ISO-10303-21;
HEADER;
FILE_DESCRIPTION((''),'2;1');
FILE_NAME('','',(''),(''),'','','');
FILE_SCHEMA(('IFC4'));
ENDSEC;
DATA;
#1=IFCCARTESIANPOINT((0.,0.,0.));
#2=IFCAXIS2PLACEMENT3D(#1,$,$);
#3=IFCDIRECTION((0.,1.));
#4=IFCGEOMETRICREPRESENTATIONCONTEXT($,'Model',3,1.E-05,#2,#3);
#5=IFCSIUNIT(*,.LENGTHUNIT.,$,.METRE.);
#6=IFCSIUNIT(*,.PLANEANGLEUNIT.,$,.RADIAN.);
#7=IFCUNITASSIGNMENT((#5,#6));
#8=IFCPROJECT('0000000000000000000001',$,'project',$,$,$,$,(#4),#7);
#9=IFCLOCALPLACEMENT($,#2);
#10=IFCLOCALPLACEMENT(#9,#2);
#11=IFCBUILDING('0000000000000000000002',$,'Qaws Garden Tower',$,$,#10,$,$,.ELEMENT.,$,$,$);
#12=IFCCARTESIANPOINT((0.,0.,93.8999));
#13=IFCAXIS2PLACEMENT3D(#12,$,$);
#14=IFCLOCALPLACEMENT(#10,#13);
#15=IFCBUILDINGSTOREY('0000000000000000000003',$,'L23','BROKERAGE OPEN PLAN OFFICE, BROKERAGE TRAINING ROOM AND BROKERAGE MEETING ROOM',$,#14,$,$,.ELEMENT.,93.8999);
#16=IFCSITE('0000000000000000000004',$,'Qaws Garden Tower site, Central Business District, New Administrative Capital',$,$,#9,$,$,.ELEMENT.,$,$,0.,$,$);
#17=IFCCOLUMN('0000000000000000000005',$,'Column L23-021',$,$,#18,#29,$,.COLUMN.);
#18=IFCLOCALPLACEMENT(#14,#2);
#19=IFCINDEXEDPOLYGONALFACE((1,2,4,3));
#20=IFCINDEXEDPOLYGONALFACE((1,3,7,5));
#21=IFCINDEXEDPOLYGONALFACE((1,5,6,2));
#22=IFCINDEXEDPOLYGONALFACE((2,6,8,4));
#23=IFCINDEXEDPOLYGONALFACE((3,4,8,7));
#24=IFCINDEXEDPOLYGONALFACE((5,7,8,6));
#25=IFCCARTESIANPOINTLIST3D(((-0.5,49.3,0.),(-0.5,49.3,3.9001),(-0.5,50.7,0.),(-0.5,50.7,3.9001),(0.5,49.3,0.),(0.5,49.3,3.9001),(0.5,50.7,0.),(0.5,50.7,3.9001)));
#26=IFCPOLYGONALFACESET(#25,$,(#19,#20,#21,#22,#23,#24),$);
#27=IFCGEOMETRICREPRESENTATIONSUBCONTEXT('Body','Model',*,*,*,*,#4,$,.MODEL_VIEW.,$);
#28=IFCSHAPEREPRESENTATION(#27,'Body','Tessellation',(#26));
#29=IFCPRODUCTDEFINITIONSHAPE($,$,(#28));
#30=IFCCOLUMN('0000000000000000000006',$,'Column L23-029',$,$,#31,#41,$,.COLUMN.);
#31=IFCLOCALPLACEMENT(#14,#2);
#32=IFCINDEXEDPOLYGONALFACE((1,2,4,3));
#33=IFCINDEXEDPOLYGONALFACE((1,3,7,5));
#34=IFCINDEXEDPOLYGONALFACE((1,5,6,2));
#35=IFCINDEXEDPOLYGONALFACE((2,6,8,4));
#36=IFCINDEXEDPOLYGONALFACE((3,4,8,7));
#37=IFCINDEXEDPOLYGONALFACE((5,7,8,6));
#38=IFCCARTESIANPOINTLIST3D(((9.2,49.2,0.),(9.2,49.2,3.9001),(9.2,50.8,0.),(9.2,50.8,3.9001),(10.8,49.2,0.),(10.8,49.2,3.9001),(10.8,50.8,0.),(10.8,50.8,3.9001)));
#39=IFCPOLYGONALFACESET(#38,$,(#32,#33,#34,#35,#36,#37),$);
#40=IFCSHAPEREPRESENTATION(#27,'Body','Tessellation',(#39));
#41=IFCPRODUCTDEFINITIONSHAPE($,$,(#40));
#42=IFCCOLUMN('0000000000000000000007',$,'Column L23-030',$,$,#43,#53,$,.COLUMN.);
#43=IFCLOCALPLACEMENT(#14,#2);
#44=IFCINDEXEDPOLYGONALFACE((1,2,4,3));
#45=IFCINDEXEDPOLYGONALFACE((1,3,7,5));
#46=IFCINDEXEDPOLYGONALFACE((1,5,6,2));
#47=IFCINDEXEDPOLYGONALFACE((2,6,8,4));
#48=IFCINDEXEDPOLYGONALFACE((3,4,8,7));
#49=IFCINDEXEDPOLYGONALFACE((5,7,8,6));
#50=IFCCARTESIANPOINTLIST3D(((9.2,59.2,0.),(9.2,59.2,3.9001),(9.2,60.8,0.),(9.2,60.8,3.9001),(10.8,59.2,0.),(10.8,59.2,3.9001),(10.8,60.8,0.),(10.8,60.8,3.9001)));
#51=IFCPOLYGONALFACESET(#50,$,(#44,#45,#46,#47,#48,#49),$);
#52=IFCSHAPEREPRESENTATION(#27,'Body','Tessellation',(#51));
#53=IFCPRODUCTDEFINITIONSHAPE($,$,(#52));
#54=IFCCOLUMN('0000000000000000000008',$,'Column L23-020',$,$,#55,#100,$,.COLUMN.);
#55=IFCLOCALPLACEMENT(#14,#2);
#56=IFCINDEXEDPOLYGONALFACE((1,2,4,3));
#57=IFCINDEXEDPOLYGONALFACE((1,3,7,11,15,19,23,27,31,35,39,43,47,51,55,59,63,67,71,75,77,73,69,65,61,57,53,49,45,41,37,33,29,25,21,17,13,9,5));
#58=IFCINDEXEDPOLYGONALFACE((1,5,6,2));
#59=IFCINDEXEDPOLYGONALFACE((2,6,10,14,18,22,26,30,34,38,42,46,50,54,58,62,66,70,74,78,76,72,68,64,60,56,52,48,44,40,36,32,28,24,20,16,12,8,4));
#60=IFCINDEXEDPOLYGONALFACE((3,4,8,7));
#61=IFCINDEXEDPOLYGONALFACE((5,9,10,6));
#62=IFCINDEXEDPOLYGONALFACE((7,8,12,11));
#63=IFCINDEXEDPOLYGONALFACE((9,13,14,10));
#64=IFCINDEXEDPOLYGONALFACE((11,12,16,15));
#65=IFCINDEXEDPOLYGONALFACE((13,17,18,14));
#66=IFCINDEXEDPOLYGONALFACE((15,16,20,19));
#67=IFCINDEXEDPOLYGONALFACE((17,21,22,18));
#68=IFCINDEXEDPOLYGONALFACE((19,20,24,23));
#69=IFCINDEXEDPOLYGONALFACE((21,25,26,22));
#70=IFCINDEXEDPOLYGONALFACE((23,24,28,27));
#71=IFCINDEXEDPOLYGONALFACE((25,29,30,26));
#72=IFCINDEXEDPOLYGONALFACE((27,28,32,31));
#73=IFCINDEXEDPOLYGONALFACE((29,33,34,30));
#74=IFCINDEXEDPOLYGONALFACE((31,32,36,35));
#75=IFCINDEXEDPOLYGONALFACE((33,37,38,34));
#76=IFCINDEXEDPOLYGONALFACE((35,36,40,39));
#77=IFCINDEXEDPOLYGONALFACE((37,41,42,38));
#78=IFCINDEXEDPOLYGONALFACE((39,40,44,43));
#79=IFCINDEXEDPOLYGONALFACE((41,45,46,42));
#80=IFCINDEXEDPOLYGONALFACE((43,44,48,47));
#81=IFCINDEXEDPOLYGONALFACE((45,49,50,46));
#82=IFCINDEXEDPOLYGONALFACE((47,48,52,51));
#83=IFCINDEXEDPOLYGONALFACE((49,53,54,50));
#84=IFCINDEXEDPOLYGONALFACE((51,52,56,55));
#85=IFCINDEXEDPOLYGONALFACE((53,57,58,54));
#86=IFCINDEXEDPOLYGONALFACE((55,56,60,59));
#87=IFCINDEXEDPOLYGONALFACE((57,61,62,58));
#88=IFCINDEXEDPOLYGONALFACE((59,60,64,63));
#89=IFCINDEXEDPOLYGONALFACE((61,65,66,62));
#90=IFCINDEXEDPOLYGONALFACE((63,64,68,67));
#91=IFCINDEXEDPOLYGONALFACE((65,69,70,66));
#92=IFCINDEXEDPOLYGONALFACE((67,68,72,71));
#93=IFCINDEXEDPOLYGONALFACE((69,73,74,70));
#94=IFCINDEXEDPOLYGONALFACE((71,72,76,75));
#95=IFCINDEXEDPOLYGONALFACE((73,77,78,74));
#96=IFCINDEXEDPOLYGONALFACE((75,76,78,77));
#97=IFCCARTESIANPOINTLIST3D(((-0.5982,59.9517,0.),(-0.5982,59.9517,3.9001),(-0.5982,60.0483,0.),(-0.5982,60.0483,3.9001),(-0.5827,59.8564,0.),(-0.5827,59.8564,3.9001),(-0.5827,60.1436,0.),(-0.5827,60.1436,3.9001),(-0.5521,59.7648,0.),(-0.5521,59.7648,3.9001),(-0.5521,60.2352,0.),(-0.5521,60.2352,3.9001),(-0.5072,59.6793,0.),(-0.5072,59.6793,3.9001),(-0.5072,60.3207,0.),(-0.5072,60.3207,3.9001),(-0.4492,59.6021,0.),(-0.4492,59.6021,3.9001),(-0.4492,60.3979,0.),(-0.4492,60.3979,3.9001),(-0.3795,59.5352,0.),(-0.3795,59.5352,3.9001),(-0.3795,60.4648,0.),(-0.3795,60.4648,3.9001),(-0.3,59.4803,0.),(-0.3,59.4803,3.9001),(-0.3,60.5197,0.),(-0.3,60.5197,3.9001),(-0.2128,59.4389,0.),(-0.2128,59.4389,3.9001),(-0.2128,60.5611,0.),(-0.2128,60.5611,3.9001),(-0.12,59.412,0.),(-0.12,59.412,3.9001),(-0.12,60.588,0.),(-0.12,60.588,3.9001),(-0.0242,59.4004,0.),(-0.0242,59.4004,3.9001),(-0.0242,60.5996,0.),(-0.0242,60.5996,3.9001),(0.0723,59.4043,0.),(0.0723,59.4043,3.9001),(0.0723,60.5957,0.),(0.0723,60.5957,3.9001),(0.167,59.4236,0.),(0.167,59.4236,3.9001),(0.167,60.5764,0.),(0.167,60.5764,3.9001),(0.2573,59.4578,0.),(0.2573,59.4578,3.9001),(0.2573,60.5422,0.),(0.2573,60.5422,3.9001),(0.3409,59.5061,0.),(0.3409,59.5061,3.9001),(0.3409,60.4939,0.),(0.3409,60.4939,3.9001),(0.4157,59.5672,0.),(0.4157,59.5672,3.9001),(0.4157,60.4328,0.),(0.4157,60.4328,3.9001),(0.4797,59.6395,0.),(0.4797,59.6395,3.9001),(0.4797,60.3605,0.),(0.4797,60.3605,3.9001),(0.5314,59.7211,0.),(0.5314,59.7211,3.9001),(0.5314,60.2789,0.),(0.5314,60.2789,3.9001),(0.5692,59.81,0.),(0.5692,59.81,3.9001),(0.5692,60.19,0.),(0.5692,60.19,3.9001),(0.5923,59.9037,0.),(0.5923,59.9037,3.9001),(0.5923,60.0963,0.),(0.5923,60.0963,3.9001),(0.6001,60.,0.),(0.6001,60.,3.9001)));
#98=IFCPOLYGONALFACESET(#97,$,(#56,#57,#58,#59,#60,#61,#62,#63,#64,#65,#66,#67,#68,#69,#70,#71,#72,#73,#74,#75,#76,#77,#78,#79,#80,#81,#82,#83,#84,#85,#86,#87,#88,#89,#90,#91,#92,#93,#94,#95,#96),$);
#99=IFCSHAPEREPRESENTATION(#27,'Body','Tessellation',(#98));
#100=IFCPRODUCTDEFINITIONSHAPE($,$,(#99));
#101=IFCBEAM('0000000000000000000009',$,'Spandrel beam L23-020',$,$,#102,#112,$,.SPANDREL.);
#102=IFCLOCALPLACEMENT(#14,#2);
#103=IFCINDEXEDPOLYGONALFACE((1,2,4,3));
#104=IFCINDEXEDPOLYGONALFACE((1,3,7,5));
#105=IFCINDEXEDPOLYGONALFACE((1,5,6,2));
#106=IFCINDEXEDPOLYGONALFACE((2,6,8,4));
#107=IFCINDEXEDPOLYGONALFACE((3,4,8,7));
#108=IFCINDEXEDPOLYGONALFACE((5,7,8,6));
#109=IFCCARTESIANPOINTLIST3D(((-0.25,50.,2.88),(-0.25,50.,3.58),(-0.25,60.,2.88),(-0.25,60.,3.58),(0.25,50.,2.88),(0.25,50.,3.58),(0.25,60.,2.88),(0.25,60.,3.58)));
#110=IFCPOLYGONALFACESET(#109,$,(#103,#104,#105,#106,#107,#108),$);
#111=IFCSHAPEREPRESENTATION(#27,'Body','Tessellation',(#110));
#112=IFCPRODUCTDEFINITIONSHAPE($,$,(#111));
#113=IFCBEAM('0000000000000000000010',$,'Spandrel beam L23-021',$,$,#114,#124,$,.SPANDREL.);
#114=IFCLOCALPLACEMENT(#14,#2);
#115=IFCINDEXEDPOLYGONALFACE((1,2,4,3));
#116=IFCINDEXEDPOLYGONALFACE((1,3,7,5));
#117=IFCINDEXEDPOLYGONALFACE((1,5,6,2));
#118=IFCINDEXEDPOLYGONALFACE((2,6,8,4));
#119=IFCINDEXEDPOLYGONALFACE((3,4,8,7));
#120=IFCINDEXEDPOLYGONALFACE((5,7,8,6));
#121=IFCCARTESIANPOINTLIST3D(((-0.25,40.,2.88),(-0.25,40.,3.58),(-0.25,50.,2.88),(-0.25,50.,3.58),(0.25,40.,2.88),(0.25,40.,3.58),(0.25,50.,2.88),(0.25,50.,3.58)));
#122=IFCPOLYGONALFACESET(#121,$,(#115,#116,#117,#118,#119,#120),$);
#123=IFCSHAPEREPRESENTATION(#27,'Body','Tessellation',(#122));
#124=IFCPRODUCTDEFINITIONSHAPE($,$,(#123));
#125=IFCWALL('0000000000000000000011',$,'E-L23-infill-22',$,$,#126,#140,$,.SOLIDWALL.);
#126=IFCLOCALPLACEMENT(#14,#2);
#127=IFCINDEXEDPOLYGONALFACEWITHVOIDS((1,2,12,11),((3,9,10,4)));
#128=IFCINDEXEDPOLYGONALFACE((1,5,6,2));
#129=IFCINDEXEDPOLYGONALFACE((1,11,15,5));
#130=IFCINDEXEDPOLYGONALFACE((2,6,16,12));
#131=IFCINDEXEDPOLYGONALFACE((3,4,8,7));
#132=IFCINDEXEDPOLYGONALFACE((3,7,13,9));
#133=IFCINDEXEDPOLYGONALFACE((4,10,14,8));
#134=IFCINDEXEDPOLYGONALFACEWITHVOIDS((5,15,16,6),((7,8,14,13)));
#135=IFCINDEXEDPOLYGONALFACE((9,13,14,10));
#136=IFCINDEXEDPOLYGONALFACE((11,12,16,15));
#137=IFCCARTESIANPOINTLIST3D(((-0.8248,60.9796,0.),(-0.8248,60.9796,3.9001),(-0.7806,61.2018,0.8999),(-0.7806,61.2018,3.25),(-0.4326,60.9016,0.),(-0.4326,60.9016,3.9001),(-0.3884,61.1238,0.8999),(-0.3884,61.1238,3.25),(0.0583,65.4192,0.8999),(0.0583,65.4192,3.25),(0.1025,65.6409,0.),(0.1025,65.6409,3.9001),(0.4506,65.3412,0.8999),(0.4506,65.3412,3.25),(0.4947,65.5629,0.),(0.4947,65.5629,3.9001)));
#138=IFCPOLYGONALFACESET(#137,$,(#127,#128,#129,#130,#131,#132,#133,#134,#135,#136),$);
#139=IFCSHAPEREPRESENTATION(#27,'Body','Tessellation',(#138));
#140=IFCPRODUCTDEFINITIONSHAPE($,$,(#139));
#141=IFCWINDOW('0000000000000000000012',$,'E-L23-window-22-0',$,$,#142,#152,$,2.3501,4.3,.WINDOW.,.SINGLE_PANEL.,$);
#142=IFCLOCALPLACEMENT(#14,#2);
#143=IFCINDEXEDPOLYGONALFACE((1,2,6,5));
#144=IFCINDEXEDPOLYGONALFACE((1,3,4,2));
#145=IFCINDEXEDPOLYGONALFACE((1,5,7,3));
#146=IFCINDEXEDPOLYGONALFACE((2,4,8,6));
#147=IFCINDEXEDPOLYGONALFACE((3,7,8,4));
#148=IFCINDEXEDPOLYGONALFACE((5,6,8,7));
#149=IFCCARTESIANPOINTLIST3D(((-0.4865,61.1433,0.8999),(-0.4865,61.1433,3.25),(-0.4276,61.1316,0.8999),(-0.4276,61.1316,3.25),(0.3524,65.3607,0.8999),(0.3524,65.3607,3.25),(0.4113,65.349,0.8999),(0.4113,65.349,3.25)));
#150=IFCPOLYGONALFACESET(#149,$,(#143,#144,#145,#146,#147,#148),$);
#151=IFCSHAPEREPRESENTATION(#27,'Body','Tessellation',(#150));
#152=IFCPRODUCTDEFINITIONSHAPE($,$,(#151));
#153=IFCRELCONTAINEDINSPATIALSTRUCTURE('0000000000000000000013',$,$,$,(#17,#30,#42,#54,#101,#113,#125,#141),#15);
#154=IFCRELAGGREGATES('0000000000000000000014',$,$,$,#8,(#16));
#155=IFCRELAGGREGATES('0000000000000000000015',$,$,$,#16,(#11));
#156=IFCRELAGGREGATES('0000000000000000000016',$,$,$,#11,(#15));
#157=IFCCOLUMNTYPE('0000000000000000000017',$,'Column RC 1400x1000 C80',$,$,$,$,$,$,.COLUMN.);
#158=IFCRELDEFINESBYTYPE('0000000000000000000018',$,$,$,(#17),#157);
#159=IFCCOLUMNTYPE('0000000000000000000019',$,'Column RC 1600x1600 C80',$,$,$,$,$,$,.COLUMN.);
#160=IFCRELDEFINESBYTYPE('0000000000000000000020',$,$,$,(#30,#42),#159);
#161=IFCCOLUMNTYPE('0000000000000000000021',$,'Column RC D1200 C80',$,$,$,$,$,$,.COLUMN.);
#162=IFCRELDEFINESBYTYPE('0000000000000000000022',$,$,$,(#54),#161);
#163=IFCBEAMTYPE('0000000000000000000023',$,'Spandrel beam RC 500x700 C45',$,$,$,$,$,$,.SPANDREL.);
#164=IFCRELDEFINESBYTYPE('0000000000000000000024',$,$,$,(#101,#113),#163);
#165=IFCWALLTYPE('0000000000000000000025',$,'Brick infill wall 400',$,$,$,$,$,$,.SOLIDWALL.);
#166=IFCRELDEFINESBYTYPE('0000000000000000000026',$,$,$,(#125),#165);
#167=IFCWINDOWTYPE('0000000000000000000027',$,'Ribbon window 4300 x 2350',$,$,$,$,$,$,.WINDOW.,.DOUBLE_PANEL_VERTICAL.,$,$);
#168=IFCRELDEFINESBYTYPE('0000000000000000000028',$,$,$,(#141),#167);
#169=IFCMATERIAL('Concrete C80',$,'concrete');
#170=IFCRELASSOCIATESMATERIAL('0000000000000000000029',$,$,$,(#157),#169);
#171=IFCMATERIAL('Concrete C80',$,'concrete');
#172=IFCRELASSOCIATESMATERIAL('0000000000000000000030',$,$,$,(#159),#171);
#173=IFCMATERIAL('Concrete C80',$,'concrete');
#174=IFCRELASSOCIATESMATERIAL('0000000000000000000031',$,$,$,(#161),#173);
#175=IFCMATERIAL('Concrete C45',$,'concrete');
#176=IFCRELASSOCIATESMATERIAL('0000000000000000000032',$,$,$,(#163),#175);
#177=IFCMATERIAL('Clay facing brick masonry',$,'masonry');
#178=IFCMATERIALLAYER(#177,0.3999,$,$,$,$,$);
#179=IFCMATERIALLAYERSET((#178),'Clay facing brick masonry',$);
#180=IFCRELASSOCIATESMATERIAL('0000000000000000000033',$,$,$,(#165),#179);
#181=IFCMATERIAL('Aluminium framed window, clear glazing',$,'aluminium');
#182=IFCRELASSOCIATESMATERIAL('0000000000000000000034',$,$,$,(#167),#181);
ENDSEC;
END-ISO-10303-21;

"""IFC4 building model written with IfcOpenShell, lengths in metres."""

from ifc_helpers import new_model, si_unit, direction, frame, frame_2d, origin, origin_2d, place, context, subcontext, project, spatial, rectangle, circle, extrude, material, layer, layer_set, material_profile, profile_set, type_object, element, fill, save


model = new_model("IFC4")

# Units and contexts
model_context = context("Model", 3, precision=1e-05, world=origin(), true_north=direction((0.0, 1.0)))
body_context = subcontext(model_context, "Body", "Model", "MODEL_VIEW")
ifc_project = project(units=[si_unit("LENGTHUNIT", "METRE"), si_unit("PLANEANGLEUNIT", "RADIAN")], contexts=[model_context])

# Site, building, storey
site_placement = place(None, origin())
site = spatial("IfcSite", under=ifc_project, at=site_placement, Name="Qaws Garden Tower site, Central Business District, New Administrative Capital", CompositionType="ELEMENT", RefElevation=0.0)
building_placement = place(site_placement, origin())
building = spatial("IfcBuilding", under=site, at=building_placement, Name="Qaws Garden Tower", CompositionType="ELEMENT")
storey_placement = place(building_placement, frame((0.0, 0.0, 93.8999)))
storey = spatial("IfcBuildingStorey", under=building, at=storey_placement, Name="L23", Description="BROKERAGE OPEN PLAN OFFICE, BROKERAGE TRAINING ROOM AND BROKERAGE MEETING ROOM", CompositionType="ELEMENT", Elevation=93.8999)

# Columns
ifc_material_1 = material(Name="Concrete C80", Category="concrete")
ifc_material_profile_1 = material_profile(ifc_material_1, rectangle(XDim=1.3999, YDim=1.0, at=origin_2d()), Name="RC 1400x1000")
ifc_profile_set_1 = profile_set([ifc_material_profile_1], Name="Concrete C80")
column_type_1 = type_object("IfcColumnType", Name="Column RC 1400x1000 C80", PredefinedType="COLUMN", material=ifc_profile_set_1)
column_1_placement = place(storey_placement, frame((0.0, 50.0, 0.0), z_axis=(0.0, 0.0, 1.0), x_axis=(0.0, 1.0, 0.0)))
element("IfcColumn", 1, at=column_1_placement, inside=storey, type_object=column_type_1, Name="Column L23-021", PredefinedType="COLUMN", context=body_context, shape_type="SweptSolid", body=[
    extrude(rectangle(XDim=1.3999, YDim=1.0, at=origin_2d()), origin(), (0.0, 0.0, 1.0), 3.9001),
])
ifc_material_2 = material(Name="Concrete C80", Category="concrete")
ifc_material_profile_2 = material_profile(ifc_material_2, rectangle(XDim=1.6001, YDim=1.6001, at=origin_2d()), Name="RC 1600x1600")
ifc_profile_set_2 = profile_set([ifc_material_profile_2], Name="Concrete C80")
column_type_2 = type_object("IfcColumnType", Name="Column RC 1600x1600 C80", PredefinedType="COLUMN", material=ifc_profile_set_2)
for number, where, z_axis, x_axis, name in (
    (2, (10.0, 50.0, 0.0), (0.0, 0.0, 1.0), (1.0, 0.0, 0.0), "Column L23-029"),
    (3, (10.0, 60.0, 0.0), (0.0, 0.0, 1.0), (1.0, 0.0, 0.0), "Column L23-030"),
):
    element("IfcColumn", number, at=place(storey_placement, frame(where, z_axis=z_axis, x_axis=x_axis)), inside=storey, type_object=column_type_2, Name=name, PredefinedType="COLUMN", context=body_context, shape_type="SweptSolid", body=[
        extrude(rectangle(XDim=1.6001, YDim=1.6001, at=origin_2d()), origin(), (0.0, 0.0, 1.0), 3.9001),
    ])
ifc_material_3 = material(Name="Concrete C80", Category="concrete")
ifc_material_profile_3 = material_profile(ifc_material_3, circle(Radius=0.6001, at=origin_2d()), Name="RC D1200")
ifc_profile_set_3 = profile_set([ifc_material_profile_3], Name="Concrete C80")
column_type_3 = type_object("IfcColumnType", Name="Column RC D1200 C80", PredefinedType="COLUMN", material=ifc_profile_set_3)
column_2_placement = place(storey_placement, frame((0.0, 60.0, 0.0), z_axis=(0.0, 0.0, 1.0), x_axis=(1.0, 0.0, 0.0)))
element("IfcColumn", 4, at=column_2_placement, inside=storey, type_object=column_type_3, Name="Column L23-020", PredefinedType="COLUMN", context=body_context, shape_type="SweptSolid", body=[
    extrude(circle(Radius=0.6001, at=origin_2d()), origin(), (0.0, 0.0, 1.0), 3.9001),
])

# Beams
ifc_material_4 = material(Name="Concrete C45", Category="concrete")
ifc_material_profile_4 = material_profile(ifc_material_4, rectangle(XDim=0.5, YDim=0.7, at=origin_2d()), Name="RC 500x700")
ifc_profile_set_4 = profile_set([ifc_material_profile_4], Name="Concrete C45")
beam_type = type_object("IfcBeamType", Name="Spandrel beam RC 500x700 C45", PredefinedType="SPANDREL", material=ifc_profile_set_4)
for number, where, z_axis, x_axis, name in (
    (5, (0.0, 60.0, 3.23), (0.0, -1.0, 0.0), (1.0, 0.0, 0.0), "Spandrel beam L23-020"),
    (6, (0.0, 50.0, 3.23), (0.0, -1.0, 0.0), (1.0, 0.0, 0.0), "Spandrel beam L23-021"),
):
    element("IfcBeam", number, at=place(storey_placement, frame(where, z_axis=z_axis, x_axis=x_axis)), inside=storey, type_object=beam_type, Name=name, PredefinedType="SPANDREL", context=body_context, shape_type="SweptSolid", body=[
        extrude(rectangle(XDim=0.5, YDim=0.7, at=origin_2d()), origin(), (0.0, 0.0, 1.0), 10.0),
    ])

# Wall, opening, window
ifc_material_5 = material(Name="Clay facing brick masonry", Category="masonry")
ifc_layer_1 = layer(ifc_material_5, 0.3999)
ifc_layer_set_1 = layer_set([ifc_layer_1], Name="Clay facing brick masonry")
wall_type_1 = type_object("IfcWallType", Name="Brick infill wall 400", PredefinedType="SOLIDWALL", material=ifc_layer_set_1)
wall_1_placement = place(storey_placement, frame((0.2986, 65.6021, 0.0), z_axis=(0.0, 0.0, 1.0), x_axis=(-0.195099, -0.980784, 0.0)))
wall_1 = element("IfcWall", 7, at=wall_1_placement, inside=storey, type_object=wall_type_1, Name="E-L23-infill-22", PredefinedType="SOLIDWALL", context=body_context, shape_type="SweptSolid", body=[
    extrude(rectangle(XDim=4.7527, YDim=0.3999, at=frame_2d((2.3765, 0.0))), origin(), (0.0, 0.0, 1.0), 3.9001),
])
opening_1_placement = place(wall_1_placement, frame((0.2263, 0.0, 0.8999)))
opening_1 = element("IfcOpeningElement", 8, at=opening_1_placement, cuts=wall_1, PredefinedType="OPENING", context=body_context, shape_type="SweptSolid", body=[
    extrude(rectangle(XDim=4.3, YDim=2.3501, at=frame_2d((2.1499, 1.175))), frame((0.0, 0.21, 0.0), z_axis=(0.0, -1.0, 0.0), x_axis=(1.0, 0.0, 0.0)), (0.0, 0.0, 1.0), 0.4199),
])
ifc_material_6 = material(Name="Aluminium framed window, clear glazing", Category="aluminium")
window_type_1 = type_object("IfcWindowType", Name="Ribbon window 4300 x 2350", PartitioningType="DOUBLE_PANEL_VERTICAL", PredefinedType="WINDOW", material=ifc_material_6)
window_1_placement = place(opening_1_placement, origin())
window_1 = element("IfcWindow", 9, at=window_1_placement, inside=storey, type_object=window_type_1, Name="E-L23-window-22-0", OverallHeight=2.3501, OverallWidth=4.3, PartitioningType="SINGLE_PANEL", PredefinedType="WINDOW", context=body_context, shape_type="SweptSolid", body=[
    extrude(rectangle(XDim=4.3, YDim=2.3501, at=frame_2d((2.1499, 1.175))), frame((0.0, 0.1599, 0.0), z_axis=(0.0, -1.0, 0.0), x_axis=(1.0, 0.0, 0.0)), (0.0, 0.0, 1.0), 0.0601),
])
fill(opening_1, window_1)

save(model, "model.ifc")
